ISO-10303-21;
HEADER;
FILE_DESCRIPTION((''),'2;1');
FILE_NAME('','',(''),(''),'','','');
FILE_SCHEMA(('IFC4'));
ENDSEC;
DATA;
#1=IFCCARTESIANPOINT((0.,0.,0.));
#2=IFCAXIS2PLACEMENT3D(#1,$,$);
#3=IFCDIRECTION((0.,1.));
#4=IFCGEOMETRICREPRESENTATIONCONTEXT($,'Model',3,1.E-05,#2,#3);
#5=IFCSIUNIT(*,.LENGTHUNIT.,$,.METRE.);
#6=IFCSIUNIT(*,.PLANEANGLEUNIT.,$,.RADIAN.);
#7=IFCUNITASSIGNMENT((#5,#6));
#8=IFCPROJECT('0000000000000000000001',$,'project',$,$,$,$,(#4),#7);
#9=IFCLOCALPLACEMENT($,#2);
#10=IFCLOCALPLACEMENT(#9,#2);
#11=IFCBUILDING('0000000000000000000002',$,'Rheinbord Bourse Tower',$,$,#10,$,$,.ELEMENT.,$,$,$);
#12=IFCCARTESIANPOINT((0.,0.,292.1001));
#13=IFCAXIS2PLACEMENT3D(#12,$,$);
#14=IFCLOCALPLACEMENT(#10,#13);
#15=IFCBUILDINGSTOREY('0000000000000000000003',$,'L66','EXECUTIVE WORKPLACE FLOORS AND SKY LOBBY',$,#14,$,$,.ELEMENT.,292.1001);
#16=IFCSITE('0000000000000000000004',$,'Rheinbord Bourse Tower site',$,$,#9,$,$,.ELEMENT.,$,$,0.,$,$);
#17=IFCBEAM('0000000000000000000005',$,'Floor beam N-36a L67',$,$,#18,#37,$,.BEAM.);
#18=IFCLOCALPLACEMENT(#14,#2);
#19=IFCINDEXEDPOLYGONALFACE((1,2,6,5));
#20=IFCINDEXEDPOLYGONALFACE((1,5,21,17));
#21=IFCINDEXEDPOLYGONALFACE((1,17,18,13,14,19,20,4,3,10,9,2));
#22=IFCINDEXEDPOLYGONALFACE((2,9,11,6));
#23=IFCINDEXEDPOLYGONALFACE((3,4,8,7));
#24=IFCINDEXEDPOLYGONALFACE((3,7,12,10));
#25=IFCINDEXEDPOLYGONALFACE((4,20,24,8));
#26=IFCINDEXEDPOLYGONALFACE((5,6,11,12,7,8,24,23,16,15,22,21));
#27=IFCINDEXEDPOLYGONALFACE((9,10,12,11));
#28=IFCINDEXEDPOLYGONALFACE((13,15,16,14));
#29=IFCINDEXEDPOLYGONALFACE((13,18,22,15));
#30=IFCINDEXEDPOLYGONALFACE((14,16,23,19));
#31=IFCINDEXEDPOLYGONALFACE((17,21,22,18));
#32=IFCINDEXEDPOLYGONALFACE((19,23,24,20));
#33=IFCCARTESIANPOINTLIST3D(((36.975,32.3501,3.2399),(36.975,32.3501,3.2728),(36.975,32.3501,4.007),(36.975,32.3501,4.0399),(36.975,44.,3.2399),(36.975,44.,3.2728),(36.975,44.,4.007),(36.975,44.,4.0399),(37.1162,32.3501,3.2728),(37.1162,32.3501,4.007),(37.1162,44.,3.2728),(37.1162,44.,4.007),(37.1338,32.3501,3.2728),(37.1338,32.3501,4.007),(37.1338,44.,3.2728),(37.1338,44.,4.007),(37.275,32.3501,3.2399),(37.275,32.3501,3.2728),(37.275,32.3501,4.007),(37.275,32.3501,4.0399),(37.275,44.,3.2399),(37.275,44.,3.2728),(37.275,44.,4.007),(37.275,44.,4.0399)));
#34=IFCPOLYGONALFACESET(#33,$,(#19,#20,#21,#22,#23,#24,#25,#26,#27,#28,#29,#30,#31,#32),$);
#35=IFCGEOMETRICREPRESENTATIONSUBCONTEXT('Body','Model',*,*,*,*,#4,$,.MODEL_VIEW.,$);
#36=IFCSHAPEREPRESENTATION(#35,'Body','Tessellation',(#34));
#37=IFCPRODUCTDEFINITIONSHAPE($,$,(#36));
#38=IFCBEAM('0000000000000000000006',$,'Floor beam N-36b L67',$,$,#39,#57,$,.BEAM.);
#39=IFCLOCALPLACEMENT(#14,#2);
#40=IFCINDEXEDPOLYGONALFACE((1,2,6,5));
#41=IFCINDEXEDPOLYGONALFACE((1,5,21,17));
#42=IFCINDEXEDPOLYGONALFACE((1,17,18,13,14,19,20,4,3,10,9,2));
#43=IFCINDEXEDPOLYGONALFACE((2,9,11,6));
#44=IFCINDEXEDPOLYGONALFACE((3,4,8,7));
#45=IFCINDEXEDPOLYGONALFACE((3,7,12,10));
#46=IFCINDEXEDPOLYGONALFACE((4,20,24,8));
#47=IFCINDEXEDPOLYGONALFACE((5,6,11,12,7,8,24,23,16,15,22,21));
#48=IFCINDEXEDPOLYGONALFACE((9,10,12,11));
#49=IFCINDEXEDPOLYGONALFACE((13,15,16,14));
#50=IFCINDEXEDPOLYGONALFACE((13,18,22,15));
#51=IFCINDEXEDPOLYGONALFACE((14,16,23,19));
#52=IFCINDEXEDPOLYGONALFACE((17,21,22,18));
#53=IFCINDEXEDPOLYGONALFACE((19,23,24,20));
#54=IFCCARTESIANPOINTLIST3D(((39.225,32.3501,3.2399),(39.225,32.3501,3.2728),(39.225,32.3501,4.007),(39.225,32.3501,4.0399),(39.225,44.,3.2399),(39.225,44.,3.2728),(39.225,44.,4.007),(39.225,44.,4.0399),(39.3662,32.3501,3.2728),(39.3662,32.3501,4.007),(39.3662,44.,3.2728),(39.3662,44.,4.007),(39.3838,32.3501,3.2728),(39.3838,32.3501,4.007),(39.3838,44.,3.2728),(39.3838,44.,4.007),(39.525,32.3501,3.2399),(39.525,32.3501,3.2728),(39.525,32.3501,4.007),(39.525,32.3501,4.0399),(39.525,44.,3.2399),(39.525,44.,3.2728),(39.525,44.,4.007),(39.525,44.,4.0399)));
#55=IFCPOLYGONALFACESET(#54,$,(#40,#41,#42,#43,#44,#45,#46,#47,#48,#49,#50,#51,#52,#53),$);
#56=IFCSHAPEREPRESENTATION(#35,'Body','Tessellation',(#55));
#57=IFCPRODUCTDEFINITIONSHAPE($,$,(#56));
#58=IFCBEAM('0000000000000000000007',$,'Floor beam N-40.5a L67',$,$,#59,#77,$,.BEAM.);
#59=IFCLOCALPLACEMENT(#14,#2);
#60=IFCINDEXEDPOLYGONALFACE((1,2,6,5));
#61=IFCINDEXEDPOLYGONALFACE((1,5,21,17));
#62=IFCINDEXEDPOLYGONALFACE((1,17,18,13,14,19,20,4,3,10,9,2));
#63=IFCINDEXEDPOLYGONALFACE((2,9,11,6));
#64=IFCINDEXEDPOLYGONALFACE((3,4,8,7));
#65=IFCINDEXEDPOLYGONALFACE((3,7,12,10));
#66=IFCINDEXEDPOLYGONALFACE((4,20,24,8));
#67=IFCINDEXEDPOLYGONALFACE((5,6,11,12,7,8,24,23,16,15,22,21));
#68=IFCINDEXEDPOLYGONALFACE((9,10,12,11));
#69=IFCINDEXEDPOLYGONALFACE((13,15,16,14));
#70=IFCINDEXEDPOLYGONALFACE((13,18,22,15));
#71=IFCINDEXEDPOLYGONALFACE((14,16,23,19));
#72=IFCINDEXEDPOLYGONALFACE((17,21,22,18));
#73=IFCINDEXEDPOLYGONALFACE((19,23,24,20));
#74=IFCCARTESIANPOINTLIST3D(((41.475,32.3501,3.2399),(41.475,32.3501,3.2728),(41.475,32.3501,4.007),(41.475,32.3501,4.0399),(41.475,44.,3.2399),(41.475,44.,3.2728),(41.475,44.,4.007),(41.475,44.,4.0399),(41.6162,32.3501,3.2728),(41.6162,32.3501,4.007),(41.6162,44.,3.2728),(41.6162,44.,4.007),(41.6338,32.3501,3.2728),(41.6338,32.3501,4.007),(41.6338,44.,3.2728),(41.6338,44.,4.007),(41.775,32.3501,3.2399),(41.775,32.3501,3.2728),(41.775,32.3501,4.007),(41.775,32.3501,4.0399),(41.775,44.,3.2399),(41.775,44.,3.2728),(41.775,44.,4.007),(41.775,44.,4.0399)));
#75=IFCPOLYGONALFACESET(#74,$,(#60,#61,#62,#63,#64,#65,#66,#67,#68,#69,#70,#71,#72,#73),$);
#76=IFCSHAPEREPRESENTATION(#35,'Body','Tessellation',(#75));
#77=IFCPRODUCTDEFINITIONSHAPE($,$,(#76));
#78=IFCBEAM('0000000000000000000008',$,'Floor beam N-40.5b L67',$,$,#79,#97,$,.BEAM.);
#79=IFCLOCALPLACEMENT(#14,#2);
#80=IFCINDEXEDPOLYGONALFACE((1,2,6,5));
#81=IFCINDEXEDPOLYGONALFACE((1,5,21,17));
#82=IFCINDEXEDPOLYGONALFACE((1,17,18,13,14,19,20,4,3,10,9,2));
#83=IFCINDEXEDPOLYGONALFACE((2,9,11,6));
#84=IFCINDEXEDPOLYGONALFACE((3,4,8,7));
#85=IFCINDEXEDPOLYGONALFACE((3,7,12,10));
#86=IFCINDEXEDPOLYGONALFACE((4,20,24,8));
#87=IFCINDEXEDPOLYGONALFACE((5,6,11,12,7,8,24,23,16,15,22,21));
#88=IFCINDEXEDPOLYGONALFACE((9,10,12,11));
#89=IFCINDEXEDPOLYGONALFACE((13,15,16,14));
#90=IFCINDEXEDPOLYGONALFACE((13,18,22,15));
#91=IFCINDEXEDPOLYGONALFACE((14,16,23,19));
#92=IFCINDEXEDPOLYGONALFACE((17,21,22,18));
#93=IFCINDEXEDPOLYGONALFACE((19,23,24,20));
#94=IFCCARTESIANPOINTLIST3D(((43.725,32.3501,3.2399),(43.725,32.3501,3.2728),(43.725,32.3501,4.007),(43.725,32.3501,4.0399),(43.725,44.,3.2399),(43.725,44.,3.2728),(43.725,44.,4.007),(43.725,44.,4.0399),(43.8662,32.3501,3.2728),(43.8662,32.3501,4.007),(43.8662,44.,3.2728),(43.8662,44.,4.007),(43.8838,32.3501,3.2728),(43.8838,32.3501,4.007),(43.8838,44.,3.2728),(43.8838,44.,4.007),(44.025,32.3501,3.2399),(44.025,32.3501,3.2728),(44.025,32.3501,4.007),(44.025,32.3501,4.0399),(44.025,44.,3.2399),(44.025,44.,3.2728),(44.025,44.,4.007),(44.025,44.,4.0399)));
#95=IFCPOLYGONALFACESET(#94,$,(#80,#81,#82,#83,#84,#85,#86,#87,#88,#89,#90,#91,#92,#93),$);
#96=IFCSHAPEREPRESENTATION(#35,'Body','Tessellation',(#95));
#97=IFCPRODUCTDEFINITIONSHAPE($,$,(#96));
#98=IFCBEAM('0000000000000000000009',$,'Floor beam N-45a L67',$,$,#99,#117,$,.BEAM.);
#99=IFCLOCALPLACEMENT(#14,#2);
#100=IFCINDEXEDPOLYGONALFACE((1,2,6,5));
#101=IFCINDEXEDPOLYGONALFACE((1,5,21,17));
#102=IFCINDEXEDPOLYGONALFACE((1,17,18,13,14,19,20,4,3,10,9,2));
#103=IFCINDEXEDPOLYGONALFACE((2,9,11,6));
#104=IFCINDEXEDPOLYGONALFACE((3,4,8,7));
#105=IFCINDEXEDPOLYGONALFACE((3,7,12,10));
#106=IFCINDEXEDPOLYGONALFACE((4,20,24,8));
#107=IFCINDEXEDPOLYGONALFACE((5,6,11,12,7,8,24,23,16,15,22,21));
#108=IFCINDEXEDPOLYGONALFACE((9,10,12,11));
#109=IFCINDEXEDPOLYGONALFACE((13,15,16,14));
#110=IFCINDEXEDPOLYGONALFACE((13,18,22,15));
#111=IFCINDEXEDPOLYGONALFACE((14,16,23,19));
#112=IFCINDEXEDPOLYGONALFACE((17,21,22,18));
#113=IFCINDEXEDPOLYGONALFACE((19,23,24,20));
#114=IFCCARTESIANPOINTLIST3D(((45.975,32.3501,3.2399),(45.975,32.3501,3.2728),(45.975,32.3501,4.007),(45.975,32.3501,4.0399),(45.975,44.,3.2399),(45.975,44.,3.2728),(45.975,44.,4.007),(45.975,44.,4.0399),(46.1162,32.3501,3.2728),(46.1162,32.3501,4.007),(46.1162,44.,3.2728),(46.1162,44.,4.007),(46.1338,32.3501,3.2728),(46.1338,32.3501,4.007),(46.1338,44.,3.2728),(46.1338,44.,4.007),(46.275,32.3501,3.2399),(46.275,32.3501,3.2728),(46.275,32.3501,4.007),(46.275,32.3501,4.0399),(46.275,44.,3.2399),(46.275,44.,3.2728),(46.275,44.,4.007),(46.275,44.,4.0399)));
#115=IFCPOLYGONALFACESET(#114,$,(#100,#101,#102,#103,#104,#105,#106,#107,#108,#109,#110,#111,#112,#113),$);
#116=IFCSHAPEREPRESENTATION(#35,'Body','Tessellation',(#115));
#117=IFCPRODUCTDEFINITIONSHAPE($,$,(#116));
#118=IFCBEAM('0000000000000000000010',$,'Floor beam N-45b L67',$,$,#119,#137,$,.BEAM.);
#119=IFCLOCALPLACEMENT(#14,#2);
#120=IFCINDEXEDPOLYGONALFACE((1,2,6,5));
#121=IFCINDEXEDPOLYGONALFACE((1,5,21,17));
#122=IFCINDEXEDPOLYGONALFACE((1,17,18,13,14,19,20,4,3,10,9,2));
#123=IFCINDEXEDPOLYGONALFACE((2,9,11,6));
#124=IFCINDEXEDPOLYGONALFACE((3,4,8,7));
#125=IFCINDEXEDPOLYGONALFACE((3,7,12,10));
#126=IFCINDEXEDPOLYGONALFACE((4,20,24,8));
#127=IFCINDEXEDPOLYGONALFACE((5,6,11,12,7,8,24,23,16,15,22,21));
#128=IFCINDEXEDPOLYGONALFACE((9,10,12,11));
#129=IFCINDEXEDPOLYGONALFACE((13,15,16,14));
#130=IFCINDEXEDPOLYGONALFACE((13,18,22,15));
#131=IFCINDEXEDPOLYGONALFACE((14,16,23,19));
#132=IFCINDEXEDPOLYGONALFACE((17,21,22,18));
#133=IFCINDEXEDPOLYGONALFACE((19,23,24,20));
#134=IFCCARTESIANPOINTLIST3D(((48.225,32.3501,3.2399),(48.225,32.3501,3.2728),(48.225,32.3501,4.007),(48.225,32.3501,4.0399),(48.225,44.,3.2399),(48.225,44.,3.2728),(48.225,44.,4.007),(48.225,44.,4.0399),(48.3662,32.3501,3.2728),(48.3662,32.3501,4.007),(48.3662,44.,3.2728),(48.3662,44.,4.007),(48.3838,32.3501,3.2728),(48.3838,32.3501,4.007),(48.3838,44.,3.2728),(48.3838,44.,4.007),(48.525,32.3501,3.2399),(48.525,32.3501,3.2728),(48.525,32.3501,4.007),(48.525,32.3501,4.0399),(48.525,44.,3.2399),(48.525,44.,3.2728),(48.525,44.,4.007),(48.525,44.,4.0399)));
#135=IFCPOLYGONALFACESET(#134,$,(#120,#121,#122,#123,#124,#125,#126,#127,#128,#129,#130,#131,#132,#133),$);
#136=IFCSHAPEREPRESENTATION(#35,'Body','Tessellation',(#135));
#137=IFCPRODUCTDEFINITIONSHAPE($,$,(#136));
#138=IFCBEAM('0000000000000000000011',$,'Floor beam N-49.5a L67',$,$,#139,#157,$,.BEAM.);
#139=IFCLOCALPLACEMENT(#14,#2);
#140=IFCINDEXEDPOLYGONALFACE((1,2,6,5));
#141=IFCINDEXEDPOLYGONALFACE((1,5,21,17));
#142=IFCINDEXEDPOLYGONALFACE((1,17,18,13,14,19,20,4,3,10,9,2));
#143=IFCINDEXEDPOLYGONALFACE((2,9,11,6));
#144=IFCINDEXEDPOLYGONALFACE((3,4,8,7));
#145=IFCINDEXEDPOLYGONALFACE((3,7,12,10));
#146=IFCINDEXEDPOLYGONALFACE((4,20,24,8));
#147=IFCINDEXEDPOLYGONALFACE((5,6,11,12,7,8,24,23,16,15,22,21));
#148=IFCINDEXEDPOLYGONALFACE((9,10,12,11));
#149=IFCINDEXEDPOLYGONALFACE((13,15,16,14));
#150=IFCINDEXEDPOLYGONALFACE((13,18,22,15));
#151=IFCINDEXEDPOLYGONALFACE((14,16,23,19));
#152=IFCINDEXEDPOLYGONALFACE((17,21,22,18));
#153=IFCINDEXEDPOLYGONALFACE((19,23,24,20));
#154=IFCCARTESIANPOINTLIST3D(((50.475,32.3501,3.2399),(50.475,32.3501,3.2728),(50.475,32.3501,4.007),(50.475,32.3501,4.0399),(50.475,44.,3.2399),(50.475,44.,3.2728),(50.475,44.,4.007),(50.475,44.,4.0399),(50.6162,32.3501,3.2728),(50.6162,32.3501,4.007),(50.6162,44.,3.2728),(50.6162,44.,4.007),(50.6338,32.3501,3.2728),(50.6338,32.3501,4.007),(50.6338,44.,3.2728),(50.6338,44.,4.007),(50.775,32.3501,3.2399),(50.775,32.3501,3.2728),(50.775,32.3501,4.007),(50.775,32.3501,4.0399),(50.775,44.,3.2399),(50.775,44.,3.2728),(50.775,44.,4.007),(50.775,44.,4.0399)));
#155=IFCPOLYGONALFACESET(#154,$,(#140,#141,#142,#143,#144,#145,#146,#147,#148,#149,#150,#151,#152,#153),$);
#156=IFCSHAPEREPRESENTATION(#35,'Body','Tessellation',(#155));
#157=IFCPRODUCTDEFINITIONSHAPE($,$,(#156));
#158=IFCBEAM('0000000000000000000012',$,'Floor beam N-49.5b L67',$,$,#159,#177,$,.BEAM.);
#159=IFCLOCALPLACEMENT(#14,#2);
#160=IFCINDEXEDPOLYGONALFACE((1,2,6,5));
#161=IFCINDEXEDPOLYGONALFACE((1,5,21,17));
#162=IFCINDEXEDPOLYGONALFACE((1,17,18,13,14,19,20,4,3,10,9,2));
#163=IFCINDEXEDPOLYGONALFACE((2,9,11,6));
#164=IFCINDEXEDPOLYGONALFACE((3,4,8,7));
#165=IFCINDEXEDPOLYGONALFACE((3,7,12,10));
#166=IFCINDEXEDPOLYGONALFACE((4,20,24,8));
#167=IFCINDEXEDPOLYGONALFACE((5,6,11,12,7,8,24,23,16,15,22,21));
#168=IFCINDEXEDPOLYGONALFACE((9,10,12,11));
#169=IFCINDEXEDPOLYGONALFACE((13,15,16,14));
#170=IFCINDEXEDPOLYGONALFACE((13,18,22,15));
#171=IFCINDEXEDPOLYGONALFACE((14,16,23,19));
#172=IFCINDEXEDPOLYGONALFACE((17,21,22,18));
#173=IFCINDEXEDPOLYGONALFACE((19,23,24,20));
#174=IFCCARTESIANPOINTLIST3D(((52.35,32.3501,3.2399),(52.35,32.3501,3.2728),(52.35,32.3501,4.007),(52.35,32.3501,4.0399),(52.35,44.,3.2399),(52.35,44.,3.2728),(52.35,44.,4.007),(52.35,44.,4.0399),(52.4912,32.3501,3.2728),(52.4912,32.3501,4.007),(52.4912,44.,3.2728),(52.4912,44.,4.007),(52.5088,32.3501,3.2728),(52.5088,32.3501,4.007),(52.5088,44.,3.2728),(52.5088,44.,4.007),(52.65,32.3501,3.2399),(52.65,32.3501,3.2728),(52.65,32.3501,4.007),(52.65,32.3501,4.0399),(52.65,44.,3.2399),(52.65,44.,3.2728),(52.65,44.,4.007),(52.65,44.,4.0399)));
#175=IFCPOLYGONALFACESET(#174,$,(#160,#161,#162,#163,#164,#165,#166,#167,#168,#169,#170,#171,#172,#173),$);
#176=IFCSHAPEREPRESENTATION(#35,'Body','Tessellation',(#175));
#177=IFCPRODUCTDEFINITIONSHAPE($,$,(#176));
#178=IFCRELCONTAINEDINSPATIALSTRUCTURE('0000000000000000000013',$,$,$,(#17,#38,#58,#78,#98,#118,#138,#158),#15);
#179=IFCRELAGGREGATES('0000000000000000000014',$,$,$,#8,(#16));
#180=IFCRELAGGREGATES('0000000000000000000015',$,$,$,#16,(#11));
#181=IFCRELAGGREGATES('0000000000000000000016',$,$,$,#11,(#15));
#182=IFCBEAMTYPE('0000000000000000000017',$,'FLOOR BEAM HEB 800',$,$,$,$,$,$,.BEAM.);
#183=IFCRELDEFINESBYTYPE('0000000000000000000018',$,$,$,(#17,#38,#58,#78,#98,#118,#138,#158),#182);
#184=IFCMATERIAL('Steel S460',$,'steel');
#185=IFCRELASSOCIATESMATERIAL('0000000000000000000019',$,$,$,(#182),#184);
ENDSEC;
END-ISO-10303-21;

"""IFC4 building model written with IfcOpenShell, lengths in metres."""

from ifc_helpers import new_model, si_unit, direction, frame, origin, origin_2d, place, context, subcontext, project, spatial, i_section, extrude, material, material_profile, profile_set, type_object, element, save


model = new_model("IFC4")

# Units and contexts
model_context = context("Model", 3, precision=1e-05, world=origin(), true_north=direction((0.0, 1.0)))
body_context = subcontext(model_context, "Body", "Model", "MODEL_VIEW")
ifc_project = project(units=[si_unit("LENGTHUNIT", "METRE"), si_unit("PLANEANGLEUNIT", "RADIAN")], contexts=[model_context])

# Site, building, storey
site_placement = place(None, origin())
site = spatial("IfcSite", under=ifc_project, at=site_placement, Name="Rheinbord Bourse Tower site", CompositionType="ELEMENT", RefElevation=0.0)
building_placement = place(site_placement, origin())
building = spatial("IfcBuilding", under=site, at=building_placement, Name="Rheinbord Bourse Tower", CompositionType="ELEMENT")
storey_placement = place(building_placement, frame((0.0, 0.0, 292.1001)))
storey = spatial("IfcBuildingStorey", under=building, at=storey_placement, Name="L66", Description="EXECUTIVE WORKPLACE FLOORS AND SKY LOBBY", CompositionType="ELEMENT", Elevation=292.1001)

# Beams
ifc_material_1 = material(Name="Steel S460", Category="steel")
ifc_material_profile_1 = material_profile(ifc_material_1, i_section(OverallWidth=0.3, OverallDepth=0.8, WebThickness=0.0176, FlangeThickness=0.033, at=origin_2d()), Name="HEB 800")
ifc_profile_set_1 = profile_set([ifc_material_profile_1], Name="Steel S460")
beam_type_1 = type_object("IfcBeamType", Name="FLOOR BEAM HEB 800", PredefinedType="BEAM", material=ifc_profile_set_1)
for number, where, z_axis, x_axis, name in (
    (1, (37.125, 44.0, 3.6399), (0.0, -1.0, 0.0), (1.0, 0.0, 0.0), "Floor beam N-36a L67"),
    (2, (39.375, 44.0, 3.6399), (0.0, -1.0, 0.0), (1.0, 0.0, 0.0), "Floor beam N-36b L67"),
    (3, (41.625, 44.0, 3.6399), (0.0, -1.0, 0.0), (1.0, 0.0, 0.0), "Floor beam N-40.5a L67"),
    (4, (43.875, 44.0, 3.6399), (0.0, -1.0, 0.0), (1.0, 0.0, 0.0), "Floor beam N-40.5b L67"),
    (5, (46.125, 44.0, 3.6399), (0.0, -1.0, 0.0), (1.0, 0.0, 0.0), "Floor beam N-45a L67"),
    (6, (48.375, 44.0, 3.6399), (0.0, -1.0, 0.0), (1.0, 0.0, 0.0), "Floor beam N-45b L67"),
    (7, (50.625, 44.0, 3.6399), (0.0, -1.0, 0.0), (1.0, 0.0, 0.0), "Floor beam N-49.5a L67"),
    (8, (52.5, 44.0, 3.6399), (0.0, -1.0, 0.0), (1.0, 0.0, 0.0), "Floor beam N-49.5b L67"),
):
    element("IfcBeam", number, at=place(storey_placement, frame(where, z_axis=z_axis, x_axis=x_axis)), inside=storey, type_object=beam_type_1, Name=name, PredefinedType="BEAM", context=body_context, shape_type="SweptSolid", body=[
        extrude(i_section(OverallWidth=0.3, OverallDepth=0.8, WebThickness=0.0176, FlangeThickness=0.033, at=origin_2d()), origin(), (0.0, 0.0, 1.0), 11.6499),
    ])

save(model, "model.ifc")
